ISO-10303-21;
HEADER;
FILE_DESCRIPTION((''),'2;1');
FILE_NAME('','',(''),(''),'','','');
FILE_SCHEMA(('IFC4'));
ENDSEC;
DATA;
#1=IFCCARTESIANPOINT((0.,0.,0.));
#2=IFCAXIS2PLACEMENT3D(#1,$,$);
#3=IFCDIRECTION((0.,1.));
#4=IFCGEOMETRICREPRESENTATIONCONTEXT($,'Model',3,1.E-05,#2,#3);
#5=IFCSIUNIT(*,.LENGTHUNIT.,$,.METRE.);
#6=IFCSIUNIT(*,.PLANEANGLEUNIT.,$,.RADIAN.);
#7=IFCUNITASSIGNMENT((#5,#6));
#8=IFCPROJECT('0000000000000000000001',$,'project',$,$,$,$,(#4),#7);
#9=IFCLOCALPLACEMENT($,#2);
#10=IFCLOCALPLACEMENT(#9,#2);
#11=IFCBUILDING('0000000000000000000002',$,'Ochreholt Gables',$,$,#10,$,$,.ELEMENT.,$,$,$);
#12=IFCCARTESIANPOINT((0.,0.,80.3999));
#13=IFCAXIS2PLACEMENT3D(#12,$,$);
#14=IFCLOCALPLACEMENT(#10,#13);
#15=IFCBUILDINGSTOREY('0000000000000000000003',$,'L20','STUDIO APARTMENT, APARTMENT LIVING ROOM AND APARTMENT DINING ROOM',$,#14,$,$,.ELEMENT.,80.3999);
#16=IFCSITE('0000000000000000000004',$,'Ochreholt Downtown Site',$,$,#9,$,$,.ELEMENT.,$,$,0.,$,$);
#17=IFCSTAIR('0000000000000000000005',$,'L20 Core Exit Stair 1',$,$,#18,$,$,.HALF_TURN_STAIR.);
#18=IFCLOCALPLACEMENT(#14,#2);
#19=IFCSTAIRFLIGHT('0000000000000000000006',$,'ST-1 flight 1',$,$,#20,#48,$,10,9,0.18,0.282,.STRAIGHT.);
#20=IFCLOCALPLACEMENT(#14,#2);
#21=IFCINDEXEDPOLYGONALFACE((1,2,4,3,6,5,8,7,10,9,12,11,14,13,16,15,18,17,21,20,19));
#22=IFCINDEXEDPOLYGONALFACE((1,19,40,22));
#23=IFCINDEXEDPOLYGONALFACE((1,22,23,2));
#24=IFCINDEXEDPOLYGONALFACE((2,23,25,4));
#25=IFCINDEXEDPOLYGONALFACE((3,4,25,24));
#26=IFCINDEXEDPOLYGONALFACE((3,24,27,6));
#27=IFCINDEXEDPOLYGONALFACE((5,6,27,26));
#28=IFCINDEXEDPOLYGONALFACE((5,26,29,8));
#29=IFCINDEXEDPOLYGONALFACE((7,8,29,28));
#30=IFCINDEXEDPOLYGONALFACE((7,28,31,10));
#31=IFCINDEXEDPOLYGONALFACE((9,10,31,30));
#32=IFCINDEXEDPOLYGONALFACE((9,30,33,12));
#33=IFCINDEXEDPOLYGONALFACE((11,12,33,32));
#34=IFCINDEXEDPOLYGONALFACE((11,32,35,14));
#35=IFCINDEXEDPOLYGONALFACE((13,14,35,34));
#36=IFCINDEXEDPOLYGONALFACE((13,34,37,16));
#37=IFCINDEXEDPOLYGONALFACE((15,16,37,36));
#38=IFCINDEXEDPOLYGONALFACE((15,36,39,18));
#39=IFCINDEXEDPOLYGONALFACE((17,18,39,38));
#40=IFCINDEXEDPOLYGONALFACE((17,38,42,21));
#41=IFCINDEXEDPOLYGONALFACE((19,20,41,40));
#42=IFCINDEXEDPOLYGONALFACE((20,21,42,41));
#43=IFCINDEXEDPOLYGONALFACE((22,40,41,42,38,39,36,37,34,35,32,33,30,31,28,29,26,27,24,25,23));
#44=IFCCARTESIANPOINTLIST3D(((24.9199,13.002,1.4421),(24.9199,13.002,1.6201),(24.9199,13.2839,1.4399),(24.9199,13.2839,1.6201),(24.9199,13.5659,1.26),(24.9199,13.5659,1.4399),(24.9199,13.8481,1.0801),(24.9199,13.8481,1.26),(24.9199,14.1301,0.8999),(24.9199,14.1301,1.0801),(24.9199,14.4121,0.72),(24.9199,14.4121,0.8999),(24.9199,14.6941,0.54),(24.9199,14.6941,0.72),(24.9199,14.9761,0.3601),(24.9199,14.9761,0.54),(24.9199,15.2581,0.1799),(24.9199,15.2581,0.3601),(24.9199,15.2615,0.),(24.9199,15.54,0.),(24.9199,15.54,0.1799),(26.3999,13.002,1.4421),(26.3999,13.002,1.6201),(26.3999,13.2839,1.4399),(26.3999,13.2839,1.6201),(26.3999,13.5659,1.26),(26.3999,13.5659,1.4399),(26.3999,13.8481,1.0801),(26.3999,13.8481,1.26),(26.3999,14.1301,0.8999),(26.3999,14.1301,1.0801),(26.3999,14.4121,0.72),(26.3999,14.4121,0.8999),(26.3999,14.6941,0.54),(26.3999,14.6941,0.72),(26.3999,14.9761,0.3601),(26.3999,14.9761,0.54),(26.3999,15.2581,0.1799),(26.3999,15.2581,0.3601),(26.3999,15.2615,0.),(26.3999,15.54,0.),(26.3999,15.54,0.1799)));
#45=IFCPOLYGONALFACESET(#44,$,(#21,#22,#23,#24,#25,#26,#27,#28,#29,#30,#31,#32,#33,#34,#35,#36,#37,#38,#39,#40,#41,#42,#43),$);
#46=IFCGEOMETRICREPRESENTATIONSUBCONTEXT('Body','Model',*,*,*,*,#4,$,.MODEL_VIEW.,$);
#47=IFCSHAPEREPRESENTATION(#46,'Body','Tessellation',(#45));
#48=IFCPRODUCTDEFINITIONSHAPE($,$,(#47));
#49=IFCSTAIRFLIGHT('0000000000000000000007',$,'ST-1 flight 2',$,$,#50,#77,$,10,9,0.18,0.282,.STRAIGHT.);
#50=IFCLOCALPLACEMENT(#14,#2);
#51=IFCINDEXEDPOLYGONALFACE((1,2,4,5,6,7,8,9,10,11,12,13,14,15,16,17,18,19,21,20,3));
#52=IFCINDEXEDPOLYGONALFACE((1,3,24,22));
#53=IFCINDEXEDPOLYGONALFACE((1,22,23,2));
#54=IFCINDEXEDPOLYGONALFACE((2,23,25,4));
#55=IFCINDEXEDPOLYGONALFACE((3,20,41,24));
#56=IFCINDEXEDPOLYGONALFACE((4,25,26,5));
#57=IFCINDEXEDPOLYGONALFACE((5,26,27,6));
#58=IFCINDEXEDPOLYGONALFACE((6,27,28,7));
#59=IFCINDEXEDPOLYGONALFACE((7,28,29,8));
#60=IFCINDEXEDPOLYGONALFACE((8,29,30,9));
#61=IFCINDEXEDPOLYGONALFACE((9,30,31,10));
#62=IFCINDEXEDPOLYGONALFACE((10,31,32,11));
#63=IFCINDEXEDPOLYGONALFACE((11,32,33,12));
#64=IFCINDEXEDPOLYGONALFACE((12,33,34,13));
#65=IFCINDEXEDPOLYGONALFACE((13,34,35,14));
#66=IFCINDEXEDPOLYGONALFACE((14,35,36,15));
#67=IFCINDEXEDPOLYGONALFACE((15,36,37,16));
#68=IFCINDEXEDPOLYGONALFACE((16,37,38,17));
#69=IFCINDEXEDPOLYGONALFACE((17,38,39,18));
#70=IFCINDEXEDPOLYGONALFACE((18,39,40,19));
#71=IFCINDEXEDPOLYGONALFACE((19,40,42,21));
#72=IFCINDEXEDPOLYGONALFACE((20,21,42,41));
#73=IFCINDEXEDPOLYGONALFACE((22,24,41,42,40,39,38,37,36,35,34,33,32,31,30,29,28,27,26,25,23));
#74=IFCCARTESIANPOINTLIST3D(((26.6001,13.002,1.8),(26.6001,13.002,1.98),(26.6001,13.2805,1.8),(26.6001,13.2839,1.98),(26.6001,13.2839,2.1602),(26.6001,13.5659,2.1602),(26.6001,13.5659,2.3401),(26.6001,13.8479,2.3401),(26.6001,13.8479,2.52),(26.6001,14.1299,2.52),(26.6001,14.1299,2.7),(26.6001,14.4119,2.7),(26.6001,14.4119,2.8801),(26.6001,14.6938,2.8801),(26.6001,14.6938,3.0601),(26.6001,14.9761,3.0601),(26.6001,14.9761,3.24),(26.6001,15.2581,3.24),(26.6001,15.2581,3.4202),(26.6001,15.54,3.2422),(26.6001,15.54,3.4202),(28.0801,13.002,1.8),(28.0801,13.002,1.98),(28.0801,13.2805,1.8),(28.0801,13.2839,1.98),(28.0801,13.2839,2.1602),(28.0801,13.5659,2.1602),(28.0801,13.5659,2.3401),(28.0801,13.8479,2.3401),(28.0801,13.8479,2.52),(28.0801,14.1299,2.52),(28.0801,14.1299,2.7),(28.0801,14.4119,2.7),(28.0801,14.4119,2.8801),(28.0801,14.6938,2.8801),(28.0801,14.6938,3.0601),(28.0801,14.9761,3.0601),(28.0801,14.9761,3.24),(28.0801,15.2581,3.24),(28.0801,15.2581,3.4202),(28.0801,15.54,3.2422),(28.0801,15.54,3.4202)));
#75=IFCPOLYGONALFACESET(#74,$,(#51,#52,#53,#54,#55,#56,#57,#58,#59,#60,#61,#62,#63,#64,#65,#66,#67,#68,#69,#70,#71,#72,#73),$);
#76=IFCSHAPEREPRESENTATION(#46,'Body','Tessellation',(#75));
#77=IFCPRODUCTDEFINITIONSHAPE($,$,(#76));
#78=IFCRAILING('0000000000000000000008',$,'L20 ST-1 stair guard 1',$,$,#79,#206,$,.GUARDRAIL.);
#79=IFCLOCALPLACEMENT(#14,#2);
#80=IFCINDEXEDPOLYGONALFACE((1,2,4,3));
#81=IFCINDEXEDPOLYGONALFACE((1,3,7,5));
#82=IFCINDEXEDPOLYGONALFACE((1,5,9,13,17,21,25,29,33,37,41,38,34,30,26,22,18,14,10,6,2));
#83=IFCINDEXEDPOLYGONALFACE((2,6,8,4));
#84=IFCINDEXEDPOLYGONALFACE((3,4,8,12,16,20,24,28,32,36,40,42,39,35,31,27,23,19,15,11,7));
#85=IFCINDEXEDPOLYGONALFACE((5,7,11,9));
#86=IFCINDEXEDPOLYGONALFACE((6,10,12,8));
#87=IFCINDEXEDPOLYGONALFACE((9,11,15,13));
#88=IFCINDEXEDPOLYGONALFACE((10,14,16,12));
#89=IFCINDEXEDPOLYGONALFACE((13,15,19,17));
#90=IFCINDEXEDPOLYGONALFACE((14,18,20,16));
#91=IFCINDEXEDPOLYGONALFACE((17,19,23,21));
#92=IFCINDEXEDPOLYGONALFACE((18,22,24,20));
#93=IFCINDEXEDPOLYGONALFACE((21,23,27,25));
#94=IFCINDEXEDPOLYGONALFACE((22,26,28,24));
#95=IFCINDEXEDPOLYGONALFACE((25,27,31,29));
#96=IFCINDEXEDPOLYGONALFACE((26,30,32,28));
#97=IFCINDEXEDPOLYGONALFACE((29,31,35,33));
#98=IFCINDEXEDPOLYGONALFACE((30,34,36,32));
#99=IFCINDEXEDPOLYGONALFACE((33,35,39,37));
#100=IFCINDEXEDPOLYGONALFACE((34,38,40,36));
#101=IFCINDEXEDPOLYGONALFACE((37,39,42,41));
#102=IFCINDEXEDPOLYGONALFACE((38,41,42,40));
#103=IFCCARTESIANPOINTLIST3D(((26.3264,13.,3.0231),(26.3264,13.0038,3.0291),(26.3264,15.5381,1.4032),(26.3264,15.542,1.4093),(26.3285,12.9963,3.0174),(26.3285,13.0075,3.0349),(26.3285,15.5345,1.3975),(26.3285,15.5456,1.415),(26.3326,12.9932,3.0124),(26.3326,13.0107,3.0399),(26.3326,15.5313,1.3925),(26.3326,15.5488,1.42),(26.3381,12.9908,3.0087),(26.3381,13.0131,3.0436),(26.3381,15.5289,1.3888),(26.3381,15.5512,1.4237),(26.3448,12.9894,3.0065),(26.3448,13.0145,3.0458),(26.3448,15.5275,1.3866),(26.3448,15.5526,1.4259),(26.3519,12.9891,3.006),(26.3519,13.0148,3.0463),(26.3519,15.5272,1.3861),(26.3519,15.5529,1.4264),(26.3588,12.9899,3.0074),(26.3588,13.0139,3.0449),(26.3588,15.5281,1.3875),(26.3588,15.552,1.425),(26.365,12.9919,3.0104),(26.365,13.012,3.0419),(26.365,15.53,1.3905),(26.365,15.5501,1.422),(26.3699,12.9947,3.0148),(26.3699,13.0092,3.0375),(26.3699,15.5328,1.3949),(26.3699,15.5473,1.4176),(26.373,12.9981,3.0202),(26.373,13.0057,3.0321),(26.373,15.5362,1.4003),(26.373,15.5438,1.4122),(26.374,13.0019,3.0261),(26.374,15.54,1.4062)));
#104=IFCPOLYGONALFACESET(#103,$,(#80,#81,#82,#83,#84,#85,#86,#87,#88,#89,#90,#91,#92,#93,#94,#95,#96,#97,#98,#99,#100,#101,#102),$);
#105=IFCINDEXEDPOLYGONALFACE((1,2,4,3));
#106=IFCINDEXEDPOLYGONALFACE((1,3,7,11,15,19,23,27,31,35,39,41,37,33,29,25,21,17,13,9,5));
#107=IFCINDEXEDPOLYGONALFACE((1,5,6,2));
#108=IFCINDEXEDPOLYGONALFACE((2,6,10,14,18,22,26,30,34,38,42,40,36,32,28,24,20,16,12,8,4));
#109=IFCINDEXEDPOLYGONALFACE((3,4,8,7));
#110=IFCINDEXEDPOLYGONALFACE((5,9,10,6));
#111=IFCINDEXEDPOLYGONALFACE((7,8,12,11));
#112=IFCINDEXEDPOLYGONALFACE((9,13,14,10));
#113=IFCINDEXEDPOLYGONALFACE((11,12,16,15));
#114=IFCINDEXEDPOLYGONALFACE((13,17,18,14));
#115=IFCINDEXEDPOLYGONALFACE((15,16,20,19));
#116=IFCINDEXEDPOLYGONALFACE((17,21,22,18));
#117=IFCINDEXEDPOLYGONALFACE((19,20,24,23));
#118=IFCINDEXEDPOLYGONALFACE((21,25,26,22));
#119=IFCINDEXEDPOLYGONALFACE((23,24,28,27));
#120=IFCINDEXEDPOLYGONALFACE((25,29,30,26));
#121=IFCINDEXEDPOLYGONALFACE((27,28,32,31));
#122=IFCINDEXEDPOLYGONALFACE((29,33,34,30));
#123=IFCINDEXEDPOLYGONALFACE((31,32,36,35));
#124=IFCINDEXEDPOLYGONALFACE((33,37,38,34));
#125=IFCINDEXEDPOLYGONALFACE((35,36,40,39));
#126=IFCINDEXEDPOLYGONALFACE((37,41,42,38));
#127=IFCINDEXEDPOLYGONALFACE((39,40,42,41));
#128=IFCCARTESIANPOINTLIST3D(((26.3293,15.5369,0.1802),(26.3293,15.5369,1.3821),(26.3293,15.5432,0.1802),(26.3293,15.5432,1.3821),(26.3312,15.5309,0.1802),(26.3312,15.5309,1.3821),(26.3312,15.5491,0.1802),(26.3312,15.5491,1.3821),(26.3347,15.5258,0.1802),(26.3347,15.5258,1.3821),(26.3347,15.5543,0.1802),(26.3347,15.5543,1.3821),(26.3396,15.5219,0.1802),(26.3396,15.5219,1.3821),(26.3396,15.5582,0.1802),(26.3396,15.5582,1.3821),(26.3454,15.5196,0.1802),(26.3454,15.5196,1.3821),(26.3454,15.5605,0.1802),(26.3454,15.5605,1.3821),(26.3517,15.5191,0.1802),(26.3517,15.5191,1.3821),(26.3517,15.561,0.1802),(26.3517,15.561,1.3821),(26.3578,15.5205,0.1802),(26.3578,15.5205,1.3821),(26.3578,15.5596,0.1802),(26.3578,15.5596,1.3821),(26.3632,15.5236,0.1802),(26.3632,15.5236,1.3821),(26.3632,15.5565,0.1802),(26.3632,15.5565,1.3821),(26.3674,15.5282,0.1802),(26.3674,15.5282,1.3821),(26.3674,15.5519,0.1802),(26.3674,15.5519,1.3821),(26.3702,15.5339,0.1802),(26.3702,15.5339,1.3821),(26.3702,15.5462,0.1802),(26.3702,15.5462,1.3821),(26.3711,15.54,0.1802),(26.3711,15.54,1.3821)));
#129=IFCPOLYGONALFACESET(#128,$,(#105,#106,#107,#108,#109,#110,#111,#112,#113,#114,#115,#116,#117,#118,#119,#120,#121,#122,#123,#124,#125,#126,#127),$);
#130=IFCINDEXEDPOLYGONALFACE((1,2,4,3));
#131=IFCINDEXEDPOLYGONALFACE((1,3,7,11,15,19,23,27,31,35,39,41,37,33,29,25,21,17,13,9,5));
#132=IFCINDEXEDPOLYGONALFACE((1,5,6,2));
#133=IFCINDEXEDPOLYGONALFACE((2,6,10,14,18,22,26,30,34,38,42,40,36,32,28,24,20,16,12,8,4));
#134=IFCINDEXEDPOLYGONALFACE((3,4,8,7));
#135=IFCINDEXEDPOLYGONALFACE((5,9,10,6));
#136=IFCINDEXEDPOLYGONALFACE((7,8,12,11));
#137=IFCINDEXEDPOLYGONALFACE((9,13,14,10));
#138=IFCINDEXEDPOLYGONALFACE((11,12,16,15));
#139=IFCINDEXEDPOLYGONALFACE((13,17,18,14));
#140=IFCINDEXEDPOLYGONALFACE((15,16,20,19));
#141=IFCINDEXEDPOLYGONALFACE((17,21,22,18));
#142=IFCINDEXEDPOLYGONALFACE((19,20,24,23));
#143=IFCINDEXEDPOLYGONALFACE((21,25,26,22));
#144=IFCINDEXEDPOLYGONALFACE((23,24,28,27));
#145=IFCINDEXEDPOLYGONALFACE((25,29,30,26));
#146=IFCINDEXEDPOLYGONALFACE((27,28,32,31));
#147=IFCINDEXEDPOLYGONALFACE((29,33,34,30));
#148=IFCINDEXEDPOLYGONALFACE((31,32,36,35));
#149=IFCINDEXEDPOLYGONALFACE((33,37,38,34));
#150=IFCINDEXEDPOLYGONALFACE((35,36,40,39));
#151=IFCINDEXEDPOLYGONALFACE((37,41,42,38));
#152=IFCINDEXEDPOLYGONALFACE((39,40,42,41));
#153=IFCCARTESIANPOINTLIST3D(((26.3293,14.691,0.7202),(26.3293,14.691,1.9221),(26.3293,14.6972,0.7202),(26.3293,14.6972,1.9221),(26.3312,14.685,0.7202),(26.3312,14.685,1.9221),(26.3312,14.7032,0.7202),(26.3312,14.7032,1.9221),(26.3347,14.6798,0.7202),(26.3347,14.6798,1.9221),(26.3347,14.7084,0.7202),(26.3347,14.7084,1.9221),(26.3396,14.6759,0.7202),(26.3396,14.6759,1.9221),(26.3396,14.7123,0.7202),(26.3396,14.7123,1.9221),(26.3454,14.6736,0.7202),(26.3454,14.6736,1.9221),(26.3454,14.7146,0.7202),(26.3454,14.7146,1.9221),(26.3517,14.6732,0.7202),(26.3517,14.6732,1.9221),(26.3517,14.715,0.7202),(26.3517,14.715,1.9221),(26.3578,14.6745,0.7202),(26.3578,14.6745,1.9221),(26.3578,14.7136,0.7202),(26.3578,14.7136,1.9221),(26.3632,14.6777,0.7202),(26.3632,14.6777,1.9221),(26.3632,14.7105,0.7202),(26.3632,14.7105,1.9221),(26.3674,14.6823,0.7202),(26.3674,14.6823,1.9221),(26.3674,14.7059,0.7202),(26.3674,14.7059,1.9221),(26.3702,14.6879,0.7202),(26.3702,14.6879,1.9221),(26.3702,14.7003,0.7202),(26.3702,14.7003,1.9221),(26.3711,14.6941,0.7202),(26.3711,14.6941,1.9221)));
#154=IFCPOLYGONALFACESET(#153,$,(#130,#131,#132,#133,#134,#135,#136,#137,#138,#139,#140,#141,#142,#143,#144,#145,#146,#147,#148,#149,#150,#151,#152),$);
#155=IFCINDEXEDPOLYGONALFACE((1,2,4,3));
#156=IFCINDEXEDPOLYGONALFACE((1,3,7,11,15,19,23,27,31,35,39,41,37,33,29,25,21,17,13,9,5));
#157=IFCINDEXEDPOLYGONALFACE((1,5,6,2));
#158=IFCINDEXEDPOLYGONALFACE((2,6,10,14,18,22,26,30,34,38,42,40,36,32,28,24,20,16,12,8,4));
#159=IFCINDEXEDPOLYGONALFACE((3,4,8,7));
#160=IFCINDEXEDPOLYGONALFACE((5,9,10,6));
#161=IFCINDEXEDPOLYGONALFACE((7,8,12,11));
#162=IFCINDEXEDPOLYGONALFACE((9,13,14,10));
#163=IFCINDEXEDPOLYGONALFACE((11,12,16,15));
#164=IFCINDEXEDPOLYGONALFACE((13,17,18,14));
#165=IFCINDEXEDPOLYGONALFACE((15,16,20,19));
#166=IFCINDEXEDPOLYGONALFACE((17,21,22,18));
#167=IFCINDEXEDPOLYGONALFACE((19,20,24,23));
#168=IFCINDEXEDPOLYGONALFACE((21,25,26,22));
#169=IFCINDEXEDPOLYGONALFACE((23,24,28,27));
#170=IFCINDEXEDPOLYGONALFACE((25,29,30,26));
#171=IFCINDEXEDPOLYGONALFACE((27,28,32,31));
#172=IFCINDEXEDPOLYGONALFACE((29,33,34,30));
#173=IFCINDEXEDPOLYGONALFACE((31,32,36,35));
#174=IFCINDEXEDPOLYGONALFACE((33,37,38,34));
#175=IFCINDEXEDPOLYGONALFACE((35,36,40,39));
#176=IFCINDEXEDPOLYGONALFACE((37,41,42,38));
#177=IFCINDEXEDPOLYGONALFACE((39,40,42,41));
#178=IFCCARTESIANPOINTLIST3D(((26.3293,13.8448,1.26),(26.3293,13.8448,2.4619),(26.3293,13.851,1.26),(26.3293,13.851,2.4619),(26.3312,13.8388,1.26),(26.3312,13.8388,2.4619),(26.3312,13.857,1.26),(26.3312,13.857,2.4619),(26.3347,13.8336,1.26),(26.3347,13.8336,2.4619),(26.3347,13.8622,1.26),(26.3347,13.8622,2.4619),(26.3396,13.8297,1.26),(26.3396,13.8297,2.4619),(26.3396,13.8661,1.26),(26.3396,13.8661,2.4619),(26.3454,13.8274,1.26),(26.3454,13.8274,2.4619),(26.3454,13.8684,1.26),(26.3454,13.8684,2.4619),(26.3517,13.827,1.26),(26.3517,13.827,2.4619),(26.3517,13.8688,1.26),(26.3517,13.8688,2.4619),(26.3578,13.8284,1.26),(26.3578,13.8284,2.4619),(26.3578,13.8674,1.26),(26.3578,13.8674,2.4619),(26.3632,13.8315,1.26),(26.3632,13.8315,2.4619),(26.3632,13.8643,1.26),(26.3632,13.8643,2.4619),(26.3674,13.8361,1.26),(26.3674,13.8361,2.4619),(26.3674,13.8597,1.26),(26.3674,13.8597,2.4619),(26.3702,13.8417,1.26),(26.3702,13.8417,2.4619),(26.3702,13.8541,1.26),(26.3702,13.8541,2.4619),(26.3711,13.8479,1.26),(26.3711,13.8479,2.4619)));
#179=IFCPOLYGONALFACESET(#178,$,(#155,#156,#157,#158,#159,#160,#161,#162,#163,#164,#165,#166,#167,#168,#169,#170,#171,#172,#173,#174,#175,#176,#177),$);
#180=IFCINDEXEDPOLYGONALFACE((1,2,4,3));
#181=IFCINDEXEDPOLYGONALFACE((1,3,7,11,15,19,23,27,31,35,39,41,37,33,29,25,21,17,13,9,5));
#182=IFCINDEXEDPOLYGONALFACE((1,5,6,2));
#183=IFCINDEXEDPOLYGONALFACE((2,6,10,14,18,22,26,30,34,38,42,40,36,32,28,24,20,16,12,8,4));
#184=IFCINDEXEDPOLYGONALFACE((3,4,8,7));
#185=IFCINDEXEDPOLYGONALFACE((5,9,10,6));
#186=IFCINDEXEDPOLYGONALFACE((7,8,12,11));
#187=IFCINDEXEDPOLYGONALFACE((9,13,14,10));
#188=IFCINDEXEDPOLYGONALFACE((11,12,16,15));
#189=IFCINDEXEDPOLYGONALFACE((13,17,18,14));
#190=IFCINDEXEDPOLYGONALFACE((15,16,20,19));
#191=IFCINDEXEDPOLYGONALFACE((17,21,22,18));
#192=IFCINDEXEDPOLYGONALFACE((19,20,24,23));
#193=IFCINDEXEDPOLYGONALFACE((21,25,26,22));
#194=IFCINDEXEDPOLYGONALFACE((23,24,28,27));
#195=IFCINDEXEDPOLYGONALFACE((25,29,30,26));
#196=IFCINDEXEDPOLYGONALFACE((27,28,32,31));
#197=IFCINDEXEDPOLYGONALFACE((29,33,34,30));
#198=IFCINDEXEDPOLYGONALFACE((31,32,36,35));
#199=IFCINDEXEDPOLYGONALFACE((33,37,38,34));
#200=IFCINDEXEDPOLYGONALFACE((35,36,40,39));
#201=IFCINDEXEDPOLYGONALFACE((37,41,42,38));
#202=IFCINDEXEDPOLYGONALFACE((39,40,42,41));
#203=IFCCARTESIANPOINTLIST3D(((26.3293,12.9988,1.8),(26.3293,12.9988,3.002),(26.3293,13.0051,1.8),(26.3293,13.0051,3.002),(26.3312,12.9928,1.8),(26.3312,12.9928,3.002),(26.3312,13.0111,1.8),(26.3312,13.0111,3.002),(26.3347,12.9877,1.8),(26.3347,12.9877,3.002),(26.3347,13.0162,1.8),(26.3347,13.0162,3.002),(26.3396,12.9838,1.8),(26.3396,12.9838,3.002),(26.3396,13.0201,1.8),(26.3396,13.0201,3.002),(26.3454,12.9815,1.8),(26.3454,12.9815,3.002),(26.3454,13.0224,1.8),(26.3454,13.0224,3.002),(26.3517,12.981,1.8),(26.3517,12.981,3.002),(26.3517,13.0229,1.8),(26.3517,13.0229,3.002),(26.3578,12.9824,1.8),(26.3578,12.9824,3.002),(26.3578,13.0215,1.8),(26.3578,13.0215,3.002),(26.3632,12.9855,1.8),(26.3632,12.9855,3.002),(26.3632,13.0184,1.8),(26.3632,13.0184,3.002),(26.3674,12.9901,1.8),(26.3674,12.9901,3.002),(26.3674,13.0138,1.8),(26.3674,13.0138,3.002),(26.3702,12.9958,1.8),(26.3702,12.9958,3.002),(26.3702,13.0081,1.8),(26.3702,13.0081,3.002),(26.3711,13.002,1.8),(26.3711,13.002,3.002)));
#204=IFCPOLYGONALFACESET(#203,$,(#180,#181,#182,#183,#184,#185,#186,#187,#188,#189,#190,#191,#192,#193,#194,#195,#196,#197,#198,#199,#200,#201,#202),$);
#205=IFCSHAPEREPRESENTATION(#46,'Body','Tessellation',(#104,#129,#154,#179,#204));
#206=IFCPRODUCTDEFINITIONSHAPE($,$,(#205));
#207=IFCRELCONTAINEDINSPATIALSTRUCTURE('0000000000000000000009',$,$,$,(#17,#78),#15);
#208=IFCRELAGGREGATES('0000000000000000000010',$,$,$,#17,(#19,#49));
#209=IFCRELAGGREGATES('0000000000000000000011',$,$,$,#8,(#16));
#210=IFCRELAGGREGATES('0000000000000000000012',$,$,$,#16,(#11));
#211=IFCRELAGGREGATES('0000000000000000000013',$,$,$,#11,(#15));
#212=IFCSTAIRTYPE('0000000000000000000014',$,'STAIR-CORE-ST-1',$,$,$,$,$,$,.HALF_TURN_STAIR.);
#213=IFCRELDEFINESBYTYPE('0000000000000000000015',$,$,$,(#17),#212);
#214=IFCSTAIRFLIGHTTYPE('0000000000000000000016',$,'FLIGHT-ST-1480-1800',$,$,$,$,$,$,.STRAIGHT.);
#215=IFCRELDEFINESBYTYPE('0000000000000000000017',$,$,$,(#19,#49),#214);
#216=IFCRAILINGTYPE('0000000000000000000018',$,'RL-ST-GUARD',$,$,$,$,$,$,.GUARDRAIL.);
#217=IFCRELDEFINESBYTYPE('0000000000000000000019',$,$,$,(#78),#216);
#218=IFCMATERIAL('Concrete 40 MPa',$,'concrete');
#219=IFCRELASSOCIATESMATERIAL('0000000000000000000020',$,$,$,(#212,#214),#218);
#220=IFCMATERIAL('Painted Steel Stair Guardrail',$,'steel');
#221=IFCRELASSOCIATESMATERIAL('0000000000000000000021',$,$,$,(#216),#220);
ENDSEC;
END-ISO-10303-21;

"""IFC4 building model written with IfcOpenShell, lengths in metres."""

from ifc_helpers import new_model, si_unit, direction, frame, origin, origin_2d, place, context, subcontext, project, spatial, polyline, circle, outline, extrude, material, type_object, element, aggregate, save


model = new_model("IFC4")

# Units and contexts
model_context = context("Model", 3, precision=1e-05, world=origin(), true_north=direction((0.0, 1.0)))
body_context = subcontext(model_context, "Body", "Model", "MODEL_VIEW")
ifc_project = project(units=[si_unit("LENGTHUNIT", "METRE"), si_unit("PLANEANGLEUNIT", "RADIAN")], contexts=[model_context])

# Site, building, storey
site_placement = place(None, origin())
site = spatial("IfcSite", under=ifc_project, at=site_placement, Name="Ochreholt Downtown Site", CompositionType="ELEMENT", RefElevation=0.0)
building_placement = place(site_placement, origin())
building = spatial("IfcBuilding", under=site, at=building_placement, Name="Ochreholt Gables", CompositionType="ELEMENT")
storey_placement = place(building_placement, frame((0.0, 0.0, 80.3999)))
storey = spatial("IfcBuildingStorey", under=building, at=storey_placement, Name="L20", Description="STUDIO APARTMENT, APARTMENT LIVING ROOM AND APARTMENT DINING ROOM", CompositionType="ELEMENT", Elevation=80.3999)

# Shared definitions
ifc_material_1 = material(Name="Concrete 40 MPa", Category="concrete")

# Stair, stair flights
stair_type = type_object("IfcStairType", Name="STAIR-CORE-ST-1", PredefinedType="HALF_TURN_STAIR", material=ifc_material_1)
stair_placement = place(storey_placement, origin())
stair = element("IfcStair", 1, at=stair_placement, inside=storey, type_object=stair_type, Name="L20 Core Exit Stair 1", PredefinedType="HALF_TURN_STAIR")
stair_flight_type = type_object("IfcStairFlightType", Name="FLIGHT-ST-1480-1800", PredefinedType="STRAIGHT", material=ifc_material_1)
stair_flight_1_placement = place(storey_placement, frame((25.6599, 15.54, 0.0), z_axis=(0.0, 0.0, 1.0), x_axis=(0.0, -1.0, 0.0)))
stair_flight_1 = element("IfcStairFlight", 2, at=stair_flight_1_placement, type_object=stair_flight_type, Name="ST-1 flight 1", NumberOfRisers=10, NumberOfTreads=9, PredefinedType="STRAIGHT", RiserHeight=0.18, TreadLength=0.282, context=body_context, shape_type="SweptSolid", body=[
    extrude(outline(polyline([(0.0, 0.0), (0.0, 0.1799), (0.282, 0.1799), (0.282, 0.3601), (0.564, 0.3601), (0.564, 0.54), (0.8459, 0.54), (0.8459, 0.72), (1.1279, 0.72), (1.1279, 0.8999), (1.4099, 0.8999), (1.4099, 1.0801), (1.6919, 1.0801), (1.6919, 1.26), (1.9741, 1.26), (1.9741, 1.4399), (2.2561, 1.4399), (2.2561, 1.6201), (2.5381, 1.6201), (2.5381, 1.8), (2.5381, 1.4421), (0.2786, 0.0), (0.0, 0.0)])), frame((0.0, 0.74, 0.0), z_axis=(0.0, -1.0, 0.0), x_axis=(1.0, 0.0, 0.0)), (0.0, 0.0, 1.0), 1.48),
])
stair_flight_2_placement = place(storey_placement, frame((27.3401, 13.002, 1.8), z_axis=(0.0, 0.0, 1.0), x_axis=(0.0, 1.0, 0.0)))
stair_flight_2 = element("IfcStairFlight", 3, at=stair_flight_2_placement, type_object=stair_flight_type, Name="ST-1 flight 2", NumberOfRisers=10, NumberOfTreads=9, PredefinedType="STRAIGHT", RiserHeight=0.18, TreadLength=0.282, context=body_context, shape_type="SweptSolid", body=[
    extrude(outline(polyline([(0.0, 0.0), (0.0, 0.1799), (0.282, 0.1799), (0.282, 0.3601), (0.564, 0.3601), (0.564, 0.54), (0.8459, 0.54), (0.8459, 0.72), (1.1279, 0.72), (1.1279, 0.8999), (1.4099, 0.8999), (1.4099, 1.0801), (1.6919, 1.0801), (1.6919, 1.26), (1.9741, 1.26), (1.9741, 1.4399), (2.2561, 1.4399), (2.2561, 1.6201), (2.5381, 1.6201), (2.5381, 1.8), (2.5381, 1.4421), (0.2786, 0.0), (0.0, 0.0)])), frame((0.0, 0.74, 0.0), z_axis=(0.0, -1.0, 0.0), x_axis=(1.0, 0.0, 0.0)), (0.0, 0.0, 1.0), 1.48),
])
aggregate(stair, [stair_flight_1, stair_flight_2])

# Railing
ifc_material_2 = material(Name="Painted Steel Stair Guardrail", Category="steel")
railing_type_1 = type_object("IfcRailingType", Name="RL-ST-GUARD", PredefinedType="GUARDRAIL", material=ifc_material_2)
railing_1_placement = place(storey_placement, frame((26.3501, 15.54, 0.1802)))
element("IfcRailing", 4, at=railing_1_placement, inside=storey, type_object=railing_type_1, Name="L20 ST-1 stair guard 1", PredefinedType="GUARDRAIL", context=body_context, shape_type="SweptSolid", body=[
    extrude(circle(Radius=0.0239, at=origin_2d()), frame((0.0, 0.0, 1.2261), z_axis=(0.0, -0.84295, 0.537993), x_axis=(1.0, 0.0, 0.0)), (0.0, 0.0, 1.0), 3.011),
    extrude(circle(Radius=0.021, at=origin_2d()), origin(), (0.0, 0.0, 1.0), 1.2019),
    extrude(circle(Radius=0.021, at=origin_2d()), frame((0.0, -0.8459, 0.54)), (0.0, 0.0, 1.0), 1.2019),
    extrude(circle(Radius=0.021, at=origin_2d()), frame((0.0, -1.6921, 1.0798)), (0.0, 0.0, 1.0), 1.2019),
    extrude(circle(Radius=0.021, at=origin_2d()), frame((0.0, -2.5381, 1.6199)), (0.0, 0.0, 1.0), 1.2019),
])

save(model, "model.ifc")
